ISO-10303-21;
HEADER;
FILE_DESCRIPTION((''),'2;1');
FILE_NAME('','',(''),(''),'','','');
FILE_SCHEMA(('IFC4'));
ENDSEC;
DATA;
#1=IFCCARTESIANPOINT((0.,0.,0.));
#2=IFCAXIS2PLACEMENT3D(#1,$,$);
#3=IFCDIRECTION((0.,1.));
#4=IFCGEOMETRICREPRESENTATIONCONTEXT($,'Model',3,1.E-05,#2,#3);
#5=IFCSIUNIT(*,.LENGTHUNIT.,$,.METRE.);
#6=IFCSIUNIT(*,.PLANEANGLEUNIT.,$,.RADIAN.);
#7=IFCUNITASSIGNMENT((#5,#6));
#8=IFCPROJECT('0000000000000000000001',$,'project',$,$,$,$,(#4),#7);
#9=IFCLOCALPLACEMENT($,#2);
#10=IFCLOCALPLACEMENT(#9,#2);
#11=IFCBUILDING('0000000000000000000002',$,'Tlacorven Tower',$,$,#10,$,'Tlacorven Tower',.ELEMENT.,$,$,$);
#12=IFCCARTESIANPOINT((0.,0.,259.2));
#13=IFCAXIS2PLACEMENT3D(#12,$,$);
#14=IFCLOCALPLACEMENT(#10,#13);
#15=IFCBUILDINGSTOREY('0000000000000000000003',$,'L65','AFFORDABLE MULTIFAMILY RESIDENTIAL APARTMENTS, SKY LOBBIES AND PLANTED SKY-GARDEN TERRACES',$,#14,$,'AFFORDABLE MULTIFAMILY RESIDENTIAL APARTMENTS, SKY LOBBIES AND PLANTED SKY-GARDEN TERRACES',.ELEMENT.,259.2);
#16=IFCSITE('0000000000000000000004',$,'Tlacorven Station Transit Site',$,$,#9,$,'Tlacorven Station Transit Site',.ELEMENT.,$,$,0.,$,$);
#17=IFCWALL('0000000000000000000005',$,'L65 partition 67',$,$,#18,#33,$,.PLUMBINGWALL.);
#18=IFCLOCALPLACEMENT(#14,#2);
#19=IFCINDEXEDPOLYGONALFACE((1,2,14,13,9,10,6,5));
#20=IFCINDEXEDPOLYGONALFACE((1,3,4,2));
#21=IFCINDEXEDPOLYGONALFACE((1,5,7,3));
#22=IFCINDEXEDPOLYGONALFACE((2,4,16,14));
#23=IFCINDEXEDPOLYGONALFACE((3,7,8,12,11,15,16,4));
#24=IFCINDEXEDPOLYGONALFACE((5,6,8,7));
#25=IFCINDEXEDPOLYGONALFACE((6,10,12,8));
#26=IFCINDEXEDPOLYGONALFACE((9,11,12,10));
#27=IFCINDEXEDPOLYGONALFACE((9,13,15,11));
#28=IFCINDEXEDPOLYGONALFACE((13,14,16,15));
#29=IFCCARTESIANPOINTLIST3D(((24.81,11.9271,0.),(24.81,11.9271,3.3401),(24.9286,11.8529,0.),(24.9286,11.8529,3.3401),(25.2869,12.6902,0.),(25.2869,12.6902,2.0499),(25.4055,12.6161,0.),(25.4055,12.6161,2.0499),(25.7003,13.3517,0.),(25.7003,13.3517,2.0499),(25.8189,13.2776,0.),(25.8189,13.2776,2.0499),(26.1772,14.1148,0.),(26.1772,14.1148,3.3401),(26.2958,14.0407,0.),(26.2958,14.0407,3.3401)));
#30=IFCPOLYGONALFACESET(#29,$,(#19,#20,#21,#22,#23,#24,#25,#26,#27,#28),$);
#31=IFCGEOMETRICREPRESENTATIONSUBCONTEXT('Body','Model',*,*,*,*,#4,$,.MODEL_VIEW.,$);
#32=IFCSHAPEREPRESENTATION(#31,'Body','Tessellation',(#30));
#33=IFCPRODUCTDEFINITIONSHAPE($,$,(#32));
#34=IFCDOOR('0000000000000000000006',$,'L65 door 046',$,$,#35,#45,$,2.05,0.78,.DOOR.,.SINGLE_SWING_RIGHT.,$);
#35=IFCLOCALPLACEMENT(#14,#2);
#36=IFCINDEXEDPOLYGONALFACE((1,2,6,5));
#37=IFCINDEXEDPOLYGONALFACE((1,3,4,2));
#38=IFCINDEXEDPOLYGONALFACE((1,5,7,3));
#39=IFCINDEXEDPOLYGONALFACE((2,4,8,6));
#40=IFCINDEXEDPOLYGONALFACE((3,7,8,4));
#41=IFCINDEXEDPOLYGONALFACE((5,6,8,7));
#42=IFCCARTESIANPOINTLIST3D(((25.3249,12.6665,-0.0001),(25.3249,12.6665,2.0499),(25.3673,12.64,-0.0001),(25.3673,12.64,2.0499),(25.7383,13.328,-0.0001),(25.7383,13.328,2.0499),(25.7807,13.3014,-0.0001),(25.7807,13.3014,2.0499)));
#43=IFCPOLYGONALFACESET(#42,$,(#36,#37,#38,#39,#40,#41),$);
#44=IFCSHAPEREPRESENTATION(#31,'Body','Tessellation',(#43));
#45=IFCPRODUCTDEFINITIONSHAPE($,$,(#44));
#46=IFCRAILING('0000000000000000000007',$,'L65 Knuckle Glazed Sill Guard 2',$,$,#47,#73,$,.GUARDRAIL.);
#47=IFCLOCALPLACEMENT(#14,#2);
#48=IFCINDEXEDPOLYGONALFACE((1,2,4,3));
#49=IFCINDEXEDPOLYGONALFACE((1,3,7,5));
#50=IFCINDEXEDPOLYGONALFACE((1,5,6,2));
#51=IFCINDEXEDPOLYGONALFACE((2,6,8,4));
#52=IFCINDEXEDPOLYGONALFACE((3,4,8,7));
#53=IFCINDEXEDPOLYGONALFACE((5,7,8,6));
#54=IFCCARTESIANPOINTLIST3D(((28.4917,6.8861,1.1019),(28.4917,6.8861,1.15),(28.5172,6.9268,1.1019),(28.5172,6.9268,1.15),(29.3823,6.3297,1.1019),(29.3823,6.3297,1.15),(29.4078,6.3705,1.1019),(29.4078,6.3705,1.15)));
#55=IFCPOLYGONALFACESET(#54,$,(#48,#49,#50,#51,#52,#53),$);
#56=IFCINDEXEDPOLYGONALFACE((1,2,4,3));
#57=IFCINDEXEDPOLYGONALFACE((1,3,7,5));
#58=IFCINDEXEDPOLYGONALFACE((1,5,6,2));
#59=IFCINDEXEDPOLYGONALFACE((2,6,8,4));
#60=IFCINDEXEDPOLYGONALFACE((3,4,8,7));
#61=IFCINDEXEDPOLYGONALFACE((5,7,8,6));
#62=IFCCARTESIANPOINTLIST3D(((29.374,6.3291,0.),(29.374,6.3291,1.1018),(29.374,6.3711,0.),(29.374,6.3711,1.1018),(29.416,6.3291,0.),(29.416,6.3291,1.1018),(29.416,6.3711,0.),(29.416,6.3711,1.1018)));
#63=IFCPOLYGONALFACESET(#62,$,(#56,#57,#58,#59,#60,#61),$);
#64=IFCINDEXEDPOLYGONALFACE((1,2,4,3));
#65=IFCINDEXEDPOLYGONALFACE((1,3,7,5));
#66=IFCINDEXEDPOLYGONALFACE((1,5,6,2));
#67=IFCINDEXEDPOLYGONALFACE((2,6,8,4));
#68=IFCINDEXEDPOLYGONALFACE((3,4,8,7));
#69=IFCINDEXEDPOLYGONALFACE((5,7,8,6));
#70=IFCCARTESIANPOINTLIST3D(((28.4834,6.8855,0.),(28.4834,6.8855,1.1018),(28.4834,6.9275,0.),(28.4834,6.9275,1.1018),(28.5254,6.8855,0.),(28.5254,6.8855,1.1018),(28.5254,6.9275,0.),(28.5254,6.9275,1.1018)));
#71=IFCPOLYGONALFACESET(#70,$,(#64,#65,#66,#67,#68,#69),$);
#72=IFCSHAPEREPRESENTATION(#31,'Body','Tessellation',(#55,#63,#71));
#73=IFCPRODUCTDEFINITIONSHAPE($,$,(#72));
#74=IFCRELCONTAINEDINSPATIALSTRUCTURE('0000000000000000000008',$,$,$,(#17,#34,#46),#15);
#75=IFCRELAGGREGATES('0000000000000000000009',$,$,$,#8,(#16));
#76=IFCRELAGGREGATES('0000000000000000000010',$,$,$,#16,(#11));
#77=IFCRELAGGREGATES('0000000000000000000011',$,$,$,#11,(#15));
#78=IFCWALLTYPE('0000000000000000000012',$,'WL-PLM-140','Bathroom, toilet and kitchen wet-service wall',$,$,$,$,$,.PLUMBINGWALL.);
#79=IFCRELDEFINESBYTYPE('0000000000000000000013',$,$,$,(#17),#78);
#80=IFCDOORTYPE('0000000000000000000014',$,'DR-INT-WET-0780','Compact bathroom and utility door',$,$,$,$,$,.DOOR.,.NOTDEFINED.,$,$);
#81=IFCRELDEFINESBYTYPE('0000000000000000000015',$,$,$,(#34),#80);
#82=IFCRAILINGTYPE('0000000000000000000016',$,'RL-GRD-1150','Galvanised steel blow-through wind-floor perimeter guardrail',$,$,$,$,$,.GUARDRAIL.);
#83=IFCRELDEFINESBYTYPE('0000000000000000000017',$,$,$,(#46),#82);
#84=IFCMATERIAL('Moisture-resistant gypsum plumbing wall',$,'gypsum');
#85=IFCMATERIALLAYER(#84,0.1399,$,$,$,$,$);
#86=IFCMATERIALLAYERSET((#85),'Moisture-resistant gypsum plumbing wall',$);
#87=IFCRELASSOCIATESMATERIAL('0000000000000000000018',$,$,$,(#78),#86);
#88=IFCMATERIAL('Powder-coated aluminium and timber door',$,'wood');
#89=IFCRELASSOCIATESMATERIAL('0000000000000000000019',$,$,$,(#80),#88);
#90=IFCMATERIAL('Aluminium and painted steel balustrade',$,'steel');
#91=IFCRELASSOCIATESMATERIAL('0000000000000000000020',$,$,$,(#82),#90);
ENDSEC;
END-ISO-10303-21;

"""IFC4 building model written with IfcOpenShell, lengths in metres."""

from ifc_helpers import new_model, si_unit, direction, frame, frame_2d, origin, origin_2d, place, context, subcontext, project, spatial, rectangle, extrude, source, transform, mapped, material, layer, layer_set, type_object, element, fill, save


model = new_model("IFC4")

# Units and contexts
model_context = context("Model", 3, precision=1e-05, world=origin(), true_north=direction((0.0, 1.0)))
body_context = subcontext(model_context, "Body", "Model", "MODEL_VIEW")
ifc_project = project(units=[si_unit("LENGTHUNIT", "METRE"), si_unit("PLANEANGLEUNIT", "RADIAN")], contexts=[model_context])

# Site, building, storey
site_placement = place(None, origin())
site = spatial("IfcSite", under=ifc_project, at=site_placement, Name="Tlacorven Station Transit Site", LongName="Tlacorven Station Transit Site", CompositionType="ELEMENT", RefElevation=0.0)
building_placement = place(site_placement, origin())
building = spatial("IfcBuilding", under=site, at=building_placement, Name="Tlacorven Tower", LongName="Tlacorven Tower", CompositionType="ELEMENT")
storey_placement = place(building_placement, frame((0.0, 0.0, 259.2)))
storey = spatial("IfcBuildingStorey", under=building, at=storey_placement, Name="L65", Description="AFFORDABLE MULTIFAMILY RESIDENTIAL APARTMENTS, SKY LOBBIES AND PLANTED SKY-GARDEN TERRACES", LongName="AFFORDABLE MULTIFAMILY RESIDENTIAL APARTMENTS, SKY LOBBIES AND PLANTED SKY-GARDEN TERRACES", CompositionType="ELEMENT", Elevation=259.2)

# Shared definitions
ifc_material_1 = material(Name="Powder-coated aluminium and timber door", Category="wood")

# Wall, opening, door
ifc_material_2 = material(Name="Moisture-resistant gypsum plumbing wall", Category="gypsum")
ifc_layer_1 = layer(ifc_material_2, 0.1399)
ifc_layer_set_1 = layer_set([ifc_layer_1], Name="Moisture-resistant gypsum plumbing wall")
wall_type_1 = type_object("IfcWallType", Name="WL-PLM-140", Description="Bathroom, toilet and kitchen wet-service wall", PredefinedType="PLUMBINGWALL", material=ifc_layer_set_1)
wall_1_placement = place(storey_placement, frame((26.2366, 14.0779, 0.0), z_axis=(0.0, 0.0, 1.0), x_axis=(-0.529956, -0.848025, 0.0)))
wall_1 = element("IfcWall", 1, at=wall_1_placement, inside=storey, type_object=wall_type_1, Name="L65 partition 67", PredefinedType="PLUMBINGWALL", context=body_context, shape_type="SweptSolid", body=[
    extrude(rectangle(XDim=2.5798, YDim=0.1399, at=frame_2d((1.29, 0.0))), origin(), (0.0, 0.0, 1.0), 3.3401),
])
opening_1_placement = place(wall_1_placement, frame((0.8999, 0.0, 0.0)))
opening_1 = element("IfcOpeningElement", 2, at=opening_1_placement, cuts=wall_1, PredefinedType="OPENING", context=body_context, shape_type="SweptSolid", body=[
    extrude(rectangle(XDim=0.78, YDim=2.05, at=frame_2d((0.3901, 1.0249))), frame((0.0, 0.0801, 0.0), z_axis=(0.0, -1.0, 0.0), x_axis=(1.0, 0.0, 0.0)), (0.0, 0.0, 1.0), 0.1599),
])
door_type_1 = type_object("IfcDoorType", Name="DR-INT-WET-0780", Description="Compact bathroom and utility door", OperationType="NOTDEFINED", PredefinedType="DOOR", material=ifc_material_1)
shared_shape_1 = source(origin(), body_context, "Body", "SweptSolid", [
    extrude(rectangle(XDim=0.78, YDim=2.05, at=frame_2d((0.3901, 1.0249))), frame((0.0, 0.0249, 0.0), z_axis=(0.0, -1.0, 0.0), x_axis=(1.0, 0.0, 0.0)), (0.0, 0.0, 1.0), 0.05),
])
door_1_placement = place(opening_1_placement, origin())
door_1 = element("IfcDoor", 3, at=door_1_placement, inside=storey, type_object=door_type_1, Name="L65 door 046", OperationType="SINGLE_SWING_RIGHT", OverallHeight=2.05, OverallWidth=0.78, PredefinedType="DOOR", context=body_context, shape_type="MappedRepresentation", body=[
    mapped(shared_shape_1, transform((0.0, 0.0, 0.0), scale=1.0)),
])
fill(opening_1, door_1)

# Railing
ifc_material_3 = material(Name="Aluminium and painted steel balustrade", Category="steel")
railing_type = type_object("IfcRailingType", Name="RL-GRD-1150", Description="Galvanised steel blow-through wind-floor perimeter guardrail", PredefinedType="GUARDRAIL", material=ifc_material_3)
shared_shape_2 = source(origin(), body_context, "Body", "SweptSolid", [
    extrude(rectangle(XDim=0.0481, YDim=0.0481, at=origin_2d()), frame((0.0, 0.0, 1.126), z_axis=(-0.848103, 0.529832, 0.0), x_axis=(-0.529832, -0.848103, 0.0)), (0.0, 0.0, 1.0), 1.05),
    extrude(rectangle(XDim=0.042, YDim=0.042, at=origin_2d()), origin(), (0.0, 0.0, 1.0), 1.1018),
    extrude(rectangle(XDim=0.042, YDim=0.042, at=origin_2d()), frame((-0.8906, 0.5564, 0.0)), (0.0, 0.0, 1.0), 1.1018),
])
railing_placement = place(storey_placement, frame((29.395, 6.3501, 0.0)))
element("IfcRailing", 4, at=railing_placement, inside=storey, type_object=railing_type, Name="L65 Knuckle Glazed Sill Guard 2", PredefinedType="GUARDRAIL", context=body_context, shape_type="MappedRepresentation", body=[
    mapped(shared_shape_2, transform((0.0, 0.0, 0.0), scale=1.0)),
])

save(model, "model.ifc")
